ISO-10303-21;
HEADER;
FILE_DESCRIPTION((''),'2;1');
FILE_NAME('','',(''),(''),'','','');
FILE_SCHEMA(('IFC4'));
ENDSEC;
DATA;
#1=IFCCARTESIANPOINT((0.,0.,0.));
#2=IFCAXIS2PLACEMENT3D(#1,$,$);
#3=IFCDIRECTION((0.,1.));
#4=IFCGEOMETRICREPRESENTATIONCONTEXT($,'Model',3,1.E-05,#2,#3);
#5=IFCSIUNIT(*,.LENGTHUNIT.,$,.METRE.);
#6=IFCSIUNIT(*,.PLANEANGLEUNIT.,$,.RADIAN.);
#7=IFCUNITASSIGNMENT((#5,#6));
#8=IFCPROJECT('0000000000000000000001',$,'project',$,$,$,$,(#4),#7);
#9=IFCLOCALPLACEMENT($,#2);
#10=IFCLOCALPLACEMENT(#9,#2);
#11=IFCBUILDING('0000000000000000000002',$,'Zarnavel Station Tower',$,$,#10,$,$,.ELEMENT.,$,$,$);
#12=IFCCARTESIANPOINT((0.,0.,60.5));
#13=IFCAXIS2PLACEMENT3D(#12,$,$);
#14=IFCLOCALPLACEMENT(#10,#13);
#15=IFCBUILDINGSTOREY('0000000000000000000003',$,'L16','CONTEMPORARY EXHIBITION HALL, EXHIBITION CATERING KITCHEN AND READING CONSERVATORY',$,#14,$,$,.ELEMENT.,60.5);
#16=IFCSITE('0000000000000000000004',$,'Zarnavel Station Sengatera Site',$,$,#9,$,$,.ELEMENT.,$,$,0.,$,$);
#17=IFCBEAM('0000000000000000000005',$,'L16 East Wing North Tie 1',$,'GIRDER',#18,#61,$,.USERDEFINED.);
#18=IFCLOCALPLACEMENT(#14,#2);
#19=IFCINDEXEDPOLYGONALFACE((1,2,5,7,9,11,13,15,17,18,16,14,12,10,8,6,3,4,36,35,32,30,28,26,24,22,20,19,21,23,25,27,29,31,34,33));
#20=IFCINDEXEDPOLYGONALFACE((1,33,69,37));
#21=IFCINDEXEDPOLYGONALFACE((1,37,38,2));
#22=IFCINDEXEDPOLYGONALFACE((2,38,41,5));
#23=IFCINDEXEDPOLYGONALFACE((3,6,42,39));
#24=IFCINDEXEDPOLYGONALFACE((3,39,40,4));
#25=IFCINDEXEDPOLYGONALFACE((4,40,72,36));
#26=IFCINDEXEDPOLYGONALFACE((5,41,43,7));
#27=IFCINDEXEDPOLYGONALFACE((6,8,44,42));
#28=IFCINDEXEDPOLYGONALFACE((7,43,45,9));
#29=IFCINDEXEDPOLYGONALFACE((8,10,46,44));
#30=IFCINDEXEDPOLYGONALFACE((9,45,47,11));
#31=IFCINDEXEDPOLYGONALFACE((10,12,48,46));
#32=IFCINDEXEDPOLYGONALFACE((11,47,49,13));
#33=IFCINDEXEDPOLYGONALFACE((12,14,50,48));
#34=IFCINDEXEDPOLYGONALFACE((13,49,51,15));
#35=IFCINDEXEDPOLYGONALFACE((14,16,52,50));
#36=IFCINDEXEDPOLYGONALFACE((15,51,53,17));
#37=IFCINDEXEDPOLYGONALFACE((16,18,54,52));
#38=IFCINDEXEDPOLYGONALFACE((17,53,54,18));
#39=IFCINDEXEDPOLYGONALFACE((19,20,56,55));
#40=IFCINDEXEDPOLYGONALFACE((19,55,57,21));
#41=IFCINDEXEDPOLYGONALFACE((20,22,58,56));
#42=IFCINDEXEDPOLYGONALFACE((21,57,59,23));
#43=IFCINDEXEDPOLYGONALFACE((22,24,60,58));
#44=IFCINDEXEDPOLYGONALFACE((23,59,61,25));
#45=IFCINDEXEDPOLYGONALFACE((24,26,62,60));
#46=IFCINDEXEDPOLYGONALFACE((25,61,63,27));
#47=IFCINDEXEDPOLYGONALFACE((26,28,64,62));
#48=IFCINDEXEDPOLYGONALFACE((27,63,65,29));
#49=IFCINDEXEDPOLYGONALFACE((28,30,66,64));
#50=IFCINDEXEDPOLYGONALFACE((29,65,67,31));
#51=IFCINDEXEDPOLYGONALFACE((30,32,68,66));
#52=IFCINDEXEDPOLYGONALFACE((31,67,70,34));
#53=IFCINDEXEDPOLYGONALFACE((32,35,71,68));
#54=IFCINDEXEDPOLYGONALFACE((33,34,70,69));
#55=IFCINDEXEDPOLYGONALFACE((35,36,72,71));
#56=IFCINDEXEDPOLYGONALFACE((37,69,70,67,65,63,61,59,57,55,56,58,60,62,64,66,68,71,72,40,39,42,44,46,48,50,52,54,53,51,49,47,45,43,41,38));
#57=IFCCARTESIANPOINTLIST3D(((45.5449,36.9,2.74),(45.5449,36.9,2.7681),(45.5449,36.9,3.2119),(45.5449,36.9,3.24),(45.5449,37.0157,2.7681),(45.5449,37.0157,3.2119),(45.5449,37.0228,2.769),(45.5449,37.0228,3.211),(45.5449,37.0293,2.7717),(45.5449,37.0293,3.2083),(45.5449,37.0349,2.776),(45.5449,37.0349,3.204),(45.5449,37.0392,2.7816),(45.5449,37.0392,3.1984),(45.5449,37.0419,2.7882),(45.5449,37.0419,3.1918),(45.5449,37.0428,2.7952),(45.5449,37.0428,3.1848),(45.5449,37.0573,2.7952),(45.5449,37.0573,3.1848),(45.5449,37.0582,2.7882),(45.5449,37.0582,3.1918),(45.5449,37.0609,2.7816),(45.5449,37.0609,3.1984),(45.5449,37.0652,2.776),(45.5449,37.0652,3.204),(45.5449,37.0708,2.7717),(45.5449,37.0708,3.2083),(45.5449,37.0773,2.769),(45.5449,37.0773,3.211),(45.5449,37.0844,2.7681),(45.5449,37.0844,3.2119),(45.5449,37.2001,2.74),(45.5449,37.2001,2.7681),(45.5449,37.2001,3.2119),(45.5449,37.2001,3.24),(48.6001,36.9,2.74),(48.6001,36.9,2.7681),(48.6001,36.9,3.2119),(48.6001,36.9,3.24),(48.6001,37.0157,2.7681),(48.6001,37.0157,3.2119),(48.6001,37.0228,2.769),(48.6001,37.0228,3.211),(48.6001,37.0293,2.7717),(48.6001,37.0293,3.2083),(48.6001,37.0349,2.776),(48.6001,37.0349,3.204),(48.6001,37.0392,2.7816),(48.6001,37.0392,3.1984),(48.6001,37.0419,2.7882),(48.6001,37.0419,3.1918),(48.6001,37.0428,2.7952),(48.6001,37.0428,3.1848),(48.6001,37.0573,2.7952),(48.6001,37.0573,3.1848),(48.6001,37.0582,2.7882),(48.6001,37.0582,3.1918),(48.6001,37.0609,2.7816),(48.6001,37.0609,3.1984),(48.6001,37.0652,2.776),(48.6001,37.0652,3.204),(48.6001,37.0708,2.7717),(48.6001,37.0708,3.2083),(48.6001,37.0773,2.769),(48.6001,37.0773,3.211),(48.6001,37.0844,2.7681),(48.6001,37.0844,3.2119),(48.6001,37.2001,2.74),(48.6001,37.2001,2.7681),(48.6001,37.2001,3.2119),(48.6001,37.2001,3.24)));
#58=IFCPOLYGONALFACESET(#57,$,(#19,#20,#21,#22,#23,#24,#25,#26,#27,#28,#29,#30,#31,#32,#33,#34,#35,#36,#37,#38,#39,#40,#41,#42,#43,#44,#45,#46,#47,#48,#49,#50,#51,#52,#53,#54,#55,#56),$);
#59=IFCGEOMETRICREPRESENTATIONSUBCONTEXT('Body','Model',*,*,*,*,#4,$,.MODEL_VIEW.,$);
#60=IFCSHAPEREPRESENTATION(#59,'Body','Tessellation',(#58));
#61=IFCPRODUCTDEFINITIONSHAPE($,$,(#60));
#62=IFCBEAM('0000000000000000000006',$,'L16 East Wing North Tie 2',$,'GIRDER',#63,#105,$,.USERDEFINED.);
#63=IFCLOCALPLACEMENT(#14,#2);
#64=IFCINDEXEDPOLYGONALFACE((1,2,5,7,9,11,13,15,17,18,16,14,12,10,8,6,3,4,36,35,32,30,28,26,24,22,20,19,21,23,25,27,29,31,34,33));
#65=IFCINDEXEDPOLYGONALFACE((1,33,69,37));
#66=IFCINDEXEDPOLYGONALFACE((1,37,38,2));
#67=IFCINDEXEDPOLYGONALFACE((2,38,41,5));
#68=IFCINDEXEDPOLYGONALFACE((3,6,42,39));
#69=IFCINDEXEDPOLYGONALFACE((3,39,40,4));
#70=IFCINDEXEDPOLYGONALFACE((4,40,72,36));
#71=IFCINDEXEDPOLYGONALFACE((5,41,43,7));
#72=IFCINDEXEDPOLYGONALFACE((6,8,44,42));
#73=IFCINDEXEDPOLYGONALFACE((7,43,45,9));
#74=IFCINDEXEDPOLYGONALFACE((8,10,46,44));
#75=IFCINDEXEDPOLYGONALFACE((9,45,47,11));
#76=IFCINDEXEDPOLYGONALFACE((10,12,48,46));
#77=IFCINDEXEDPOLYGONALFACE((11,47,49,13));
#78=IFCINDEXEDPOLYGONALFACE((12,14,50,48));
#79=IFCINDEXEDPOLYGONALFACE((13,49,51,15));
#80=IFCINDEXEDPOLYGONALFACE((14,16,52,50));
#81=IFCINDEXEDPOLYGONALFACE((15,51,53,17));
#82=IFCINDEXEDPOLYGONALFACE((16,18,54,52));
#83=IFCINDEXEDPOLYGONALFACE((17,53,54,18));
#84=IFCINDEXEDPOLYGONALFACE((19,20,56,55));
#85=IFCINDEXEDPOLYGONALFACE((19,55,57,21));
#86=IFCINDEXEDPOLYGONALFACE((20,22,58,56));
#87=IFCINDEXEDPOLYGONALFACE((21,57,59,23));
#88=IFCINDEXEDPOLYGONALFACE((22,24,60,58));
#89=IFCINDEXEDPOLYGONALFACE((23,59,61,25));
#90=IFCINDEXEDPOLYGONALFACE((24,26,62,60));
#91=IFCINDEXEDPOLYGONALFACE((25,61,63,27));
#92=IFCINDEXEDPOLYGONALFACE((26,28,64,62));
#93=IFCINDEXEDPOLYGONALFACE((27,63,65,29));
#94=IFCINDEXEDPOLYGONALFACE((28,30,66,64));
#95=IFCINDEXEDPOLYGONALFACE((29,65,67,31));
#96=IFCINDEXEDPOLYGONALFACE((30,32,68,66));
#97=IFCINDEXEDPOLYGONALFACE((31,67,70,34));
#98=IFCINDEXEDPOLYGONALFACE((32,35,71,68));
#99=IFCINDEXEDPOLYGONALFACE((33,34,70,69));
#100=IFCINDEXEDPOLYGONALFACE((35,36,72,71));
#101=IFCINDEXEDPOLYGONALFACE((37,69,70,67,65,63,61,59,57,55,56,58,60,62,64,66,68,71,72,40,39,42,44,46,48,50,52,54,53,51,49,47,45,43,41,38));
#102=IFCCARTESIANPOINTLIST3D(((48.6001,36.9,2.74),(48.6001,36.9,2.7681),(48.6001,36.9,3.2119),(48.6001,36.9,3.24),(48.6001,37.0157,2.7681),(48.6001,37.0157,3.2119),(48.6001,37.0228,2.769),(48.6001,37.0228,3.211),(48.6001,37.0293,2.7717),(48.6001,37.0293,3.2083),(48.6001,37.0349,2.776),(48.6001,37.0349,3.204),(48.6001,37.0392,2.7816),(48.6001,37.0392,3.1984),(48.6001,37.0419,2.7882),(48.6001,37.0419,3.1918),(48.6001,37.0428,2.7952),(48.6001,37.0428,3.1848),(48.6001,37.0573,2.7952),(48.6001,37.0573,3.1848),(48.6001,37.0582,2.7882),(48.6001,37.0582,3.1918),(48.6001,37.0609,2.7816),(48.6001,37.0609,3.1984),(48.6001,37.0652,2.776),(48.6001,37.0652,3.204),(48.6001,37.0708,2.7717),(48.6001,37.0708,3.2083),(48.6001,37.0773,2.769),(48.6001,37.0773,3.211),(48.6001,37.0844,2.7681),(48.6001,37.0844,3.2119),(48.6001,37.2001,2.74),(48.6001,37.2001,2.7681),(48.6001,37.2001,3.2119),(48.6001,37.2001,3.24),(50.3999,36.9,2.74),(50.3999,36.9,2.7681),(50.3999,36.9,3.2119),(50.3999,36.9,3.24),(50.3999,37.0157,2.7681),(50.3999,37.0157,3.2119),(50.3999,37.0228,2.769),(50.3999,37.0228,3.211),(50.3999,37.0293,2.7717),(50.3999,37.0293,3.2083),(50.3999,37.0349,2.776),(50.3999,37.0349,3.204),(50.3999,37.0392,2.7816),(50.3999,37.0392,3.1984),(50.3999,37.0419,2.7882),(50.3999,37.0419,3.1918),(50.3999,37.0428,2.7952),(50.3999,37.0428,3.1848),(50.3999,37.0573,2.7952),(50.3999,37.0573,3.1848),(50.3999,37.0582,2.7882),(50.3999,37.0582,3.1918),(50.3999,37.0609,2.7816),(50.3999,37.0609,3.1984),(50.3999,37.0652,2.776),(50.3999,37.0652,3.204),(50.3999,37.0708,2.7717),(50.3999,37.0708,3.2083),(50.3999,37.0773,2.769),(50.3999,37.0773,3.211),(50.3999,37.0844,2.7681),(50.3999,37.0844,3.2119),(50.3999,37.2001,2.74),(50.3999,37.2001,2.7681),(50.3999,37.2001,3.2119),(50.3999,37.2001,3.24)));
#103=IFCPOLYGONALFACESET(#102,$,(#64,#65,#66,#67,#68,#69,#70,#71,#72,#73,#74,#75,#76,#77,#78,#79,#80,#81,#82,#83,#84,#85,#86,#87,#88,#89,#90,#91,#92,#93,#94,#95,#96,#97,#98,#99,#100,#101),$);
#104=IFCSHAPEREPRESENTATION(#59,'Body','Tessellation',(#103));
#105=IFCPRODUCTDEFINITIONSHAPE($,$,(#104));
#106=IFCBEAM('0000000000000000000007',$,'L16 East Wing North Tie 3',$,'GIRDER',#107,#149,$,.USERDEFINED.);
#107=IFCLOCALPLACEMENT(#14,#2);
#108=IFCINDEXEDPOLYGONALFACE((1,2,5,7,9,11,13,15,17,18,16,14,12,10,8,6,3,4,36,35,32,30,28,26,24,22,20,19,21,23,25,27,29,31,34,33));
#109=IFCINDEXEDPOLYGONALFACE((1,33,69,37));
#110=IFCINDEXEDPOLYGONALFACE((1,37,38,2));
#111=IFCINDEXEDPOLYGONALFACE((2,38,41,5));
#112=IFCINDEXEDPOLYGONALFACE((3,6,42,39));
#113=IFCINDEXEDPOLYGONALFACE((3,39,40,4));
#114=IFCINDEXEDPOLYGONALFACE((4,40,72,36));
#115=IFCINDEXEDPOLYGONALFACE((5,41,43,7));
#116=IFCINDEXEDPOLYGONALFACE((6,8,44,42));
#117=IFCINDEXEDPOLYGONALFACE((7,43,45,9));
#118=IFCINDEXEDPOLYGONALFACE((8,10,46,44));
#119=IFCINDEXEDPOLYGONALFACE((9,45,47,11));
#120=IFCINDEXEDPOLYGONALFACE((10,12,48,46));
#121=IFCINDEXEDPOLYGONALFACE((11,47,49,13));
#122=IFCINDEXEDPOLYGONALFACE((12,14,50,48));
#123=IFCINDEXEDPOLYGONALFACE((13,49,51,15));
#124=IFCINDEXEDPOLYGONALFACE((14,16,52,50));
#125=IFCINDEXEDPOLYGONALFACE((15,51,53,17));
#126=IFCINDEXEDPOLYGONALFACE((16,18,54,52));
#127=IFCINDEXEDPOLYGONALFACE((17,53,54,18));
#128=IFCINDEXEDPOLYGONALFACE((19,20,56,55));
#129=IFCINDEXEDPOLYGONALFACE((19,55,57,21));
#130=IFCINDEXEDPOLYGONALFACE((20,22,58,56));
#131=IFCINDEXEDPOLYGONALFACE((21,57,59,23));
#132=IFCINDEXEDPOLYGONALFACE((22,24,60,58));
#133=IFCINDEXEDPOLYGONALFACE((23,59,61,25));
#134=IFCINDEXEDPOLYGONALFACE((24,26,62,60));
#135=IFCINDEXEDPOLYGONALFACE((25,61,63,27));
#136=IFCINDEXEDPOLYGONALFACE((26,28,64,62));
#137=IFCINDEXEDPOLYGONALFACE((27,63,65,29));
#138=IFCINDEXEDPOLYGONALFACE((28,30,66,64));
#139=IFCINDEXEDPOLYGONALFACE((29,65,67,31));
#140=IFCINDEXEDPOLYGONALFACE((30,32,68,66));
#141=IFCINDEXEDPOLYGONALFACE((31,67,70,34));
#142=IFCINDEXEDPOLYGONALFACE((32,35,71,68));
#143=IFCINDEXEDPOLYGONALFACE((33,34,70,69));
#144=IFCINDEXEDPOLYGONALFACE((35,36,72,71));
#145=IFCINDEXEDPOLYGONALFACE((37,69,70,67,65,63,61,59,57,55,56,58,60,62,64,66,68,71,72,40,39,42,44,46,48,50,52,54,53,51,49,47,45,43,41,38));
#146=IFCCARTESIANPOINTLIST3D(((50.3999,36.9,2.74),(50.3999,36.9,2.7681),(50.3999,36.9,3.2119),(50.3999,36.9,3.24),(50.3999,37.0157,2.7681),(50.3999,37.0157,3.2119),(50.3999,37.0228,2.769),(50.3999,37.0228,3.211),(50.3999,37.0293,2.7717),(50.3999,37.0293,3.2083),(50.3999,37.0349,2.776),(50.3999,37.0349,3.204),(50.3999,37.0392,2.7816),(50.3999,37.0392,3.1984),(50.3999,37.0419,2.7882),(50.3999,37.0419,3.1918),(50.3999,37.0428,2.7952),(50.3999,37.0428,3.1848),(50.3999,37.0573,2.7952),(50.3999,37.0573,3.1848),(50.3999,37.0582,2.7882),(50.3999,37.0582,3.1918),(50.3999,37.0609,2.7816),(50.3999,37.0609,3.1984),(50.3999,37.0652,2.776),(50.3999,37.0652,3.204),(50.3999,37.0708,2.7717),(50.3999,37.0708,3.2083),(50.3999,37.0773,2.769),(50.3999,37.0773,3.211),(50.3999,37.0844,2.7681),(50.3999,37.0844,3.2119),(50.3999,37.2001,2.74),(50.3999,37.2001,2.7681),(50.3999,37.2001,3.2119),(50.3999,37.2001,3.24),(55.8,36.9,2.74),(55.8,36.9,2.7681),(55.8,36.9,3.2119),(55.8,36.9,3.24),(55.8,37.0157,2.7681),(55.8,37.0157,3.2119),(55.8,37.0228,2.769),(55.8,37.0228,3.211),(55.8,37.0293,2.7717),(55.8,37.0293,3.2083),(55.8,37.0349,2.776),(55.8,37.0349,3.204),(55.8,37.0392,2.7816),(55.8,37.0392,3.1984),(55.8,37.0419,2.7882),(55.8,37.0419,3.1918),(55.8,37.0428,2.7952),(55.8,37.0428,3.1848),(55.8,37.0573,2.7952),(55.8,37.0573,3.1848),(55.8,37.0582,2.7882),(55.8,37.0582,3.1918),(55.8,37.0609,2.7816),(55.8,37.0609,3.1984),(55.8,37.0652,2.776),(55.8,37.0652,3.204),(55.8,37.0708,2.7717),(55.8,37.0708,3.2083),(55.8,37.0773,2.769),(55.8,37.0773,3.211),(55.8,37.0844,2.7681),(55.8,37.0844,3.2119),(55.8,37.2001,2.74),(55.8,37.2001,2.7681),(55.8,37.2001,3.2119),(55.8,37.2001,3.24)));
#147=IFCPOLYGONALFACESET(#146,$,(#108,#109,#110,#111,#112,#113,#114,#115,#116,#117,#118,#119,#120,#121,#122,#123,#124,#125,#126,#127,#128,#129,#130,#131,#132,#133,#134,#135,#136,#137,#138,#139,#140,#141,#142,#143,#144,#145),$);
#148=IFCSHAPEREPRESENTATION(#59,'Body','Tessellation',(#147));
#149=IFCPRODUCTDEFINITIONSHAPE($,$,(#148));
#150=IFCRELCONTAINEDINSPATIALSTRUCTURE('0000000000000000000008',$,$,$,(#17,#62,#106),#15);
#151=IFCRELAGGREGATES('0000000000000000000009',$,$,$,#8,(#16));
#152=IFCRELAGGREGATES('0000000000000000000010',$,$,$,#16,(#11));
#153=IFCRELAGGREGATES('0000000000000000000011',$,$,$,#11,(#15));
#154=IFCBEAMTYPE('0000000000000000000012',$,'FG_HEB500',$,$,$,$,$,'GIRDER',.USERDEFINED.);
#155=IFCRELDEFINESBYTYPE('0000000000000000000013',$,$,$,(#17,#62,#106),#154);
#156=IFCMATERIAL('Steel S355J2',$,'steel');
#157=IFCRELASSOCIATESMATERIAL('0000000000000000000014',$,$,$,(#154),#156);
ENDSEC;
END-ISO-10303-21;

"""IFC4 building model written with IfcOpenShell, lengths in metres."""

from ifc_helpers import new_model, si_unit, direction, frame, origin, origin_2d, place, context, subcontext, project, spatial, i_section, extrude, material, material_profile, profile_set, type_object, element, save


model = new_model("IFC4")

# Units and contexts
model_context = context("Model", 3, precision=1e-05, world=origin(), true_north=direction((0.0, 1.0)))
body_context = subcontext(model_context, "Body", "Model", "MODEL_VIEW")
ifc_project = project(units=[si_unit("LENGTHUNIT", "METRE"), si_unit("PLANEANGLEUNIT", "RADIAN")], contexts=[model_context])

# Site, building, storey
site_placement = place(None, origin())
site = spatial("IfcSite", under=ifc_project, at=site_placement, Name="Zarnavel Station Sengatera Site", CompositionType="ELEMENT", RefElevation=0.0)
building_placement = place(site_placement, origin())
building = spatial("IfcBuilding", under=site, at=building_placement, Name="Zarnavel Station Tower", CompositionType="ELEMENT")
storey_placement = place(building_placement, frame((0.0, 0.0, 60.5)))
storey = spatial("IfcBuildingStorey", under=building, at=storey_placement, Name="L16", Description="CONTEMPORARY EXHIBITION HALL, EXHIBITION CATERING KITCHEN AND READING CONSERVATORY", CompositionType="ELEMENT", Elevation=60.5)

# Beams
ifc_material_1 = material(Name="Steel S355J2", Category="steel")
ifc_material_profile_1 = material_profile(ifc_material_1, i_section(OverallWidth=0.3, OverallDepth=0.5, WebThickness=0.0144, FlangeThickness=0.0281, FilletRadius=0.0271, at=origin_2d()), Name="HEB500")
ifc_profile_set_1 = profile_set([ifc_material_profile_1], Name="Steel S355J2")
beam_type = type_object("IfcBeamType", Name="FG_HEB500", ElementType="GIRDER", PredefinedType="USERDEFINED", material=ifc_profile_set_1)
beam_1_placement = place(storey_placement, frame((45.5449, 37.05, 2.99), z_axis=(1.0, 0.0, 0.0), x_axis=(0.0, 1.0, 0.0)))
element("IfcBeam", 1, at=beam_1_placement, inside=storey, type_object=beam_type, Name="L16 East Wing North Tie 1", ObjectType="GIRDER", PredefinedType="USERDEFINED", context=body_context, shape_type="SweptSolid", body=[
    extrude(i_section(OverallWidth=0.3, OverallDepth=0.5, WebThickness=0.0144, FlangeThickness=0.0281, FilletRadius=0.0271, at=origin_2d()), origin(), (0.0, 0.0, 1.0), 3.0552),
])
beam_2_placement = place(storey_placement, frame((48.6001, 37.05, 2.99), z_axis=(1.0, 0.0, 0.0), x_axis=(0.0, 1.0, 0.0)))
element("IfcBeam", 2, at=beam_2_placement, inside=storey, type_object=beam_type, Name="L16 East Wing North Tie 2", ObjectType="GIRDER", PredefinedType="USERDEFINED", context=body_context, shape_type="SweptSolid", body=[
    extrude(i_section(OverallWidth=0.3, OverallDepth=0.5, WebThickness=0.0144, FlangeThickness=0.0281, FilletRadius=0.0271, at=origin_2d()), origin(), (0.0, 0.0, 1.0), 1.7998),
])
beam_3_placement = place(storey_placement, frame((50.3999, 37.05, 2.99), z_axis=(1.0, 0.0, 0.0), x_axis=(0.0, 1.0, 0.0)))
element("IfcBeam", 3, at=beam_3_placement, inside=storey, type_object=beam_type, Name="L16 East Wing North Tie 3", ObjectType="GIRDER", PredefinedType="USERDEFINED", context=body_context, shape_type="SweptSolid", body=[
    extrude(i_section(OverallWidth=0.3, OverallDepth=0.5, WebThickness=0.0144, FlangeThickness=0.0281, FilletRadius=0.0271, at=origin_2d()), origin(), (0.0, 0.0, 1.0), 5.4001),
])

save(model, "model.ifc")
